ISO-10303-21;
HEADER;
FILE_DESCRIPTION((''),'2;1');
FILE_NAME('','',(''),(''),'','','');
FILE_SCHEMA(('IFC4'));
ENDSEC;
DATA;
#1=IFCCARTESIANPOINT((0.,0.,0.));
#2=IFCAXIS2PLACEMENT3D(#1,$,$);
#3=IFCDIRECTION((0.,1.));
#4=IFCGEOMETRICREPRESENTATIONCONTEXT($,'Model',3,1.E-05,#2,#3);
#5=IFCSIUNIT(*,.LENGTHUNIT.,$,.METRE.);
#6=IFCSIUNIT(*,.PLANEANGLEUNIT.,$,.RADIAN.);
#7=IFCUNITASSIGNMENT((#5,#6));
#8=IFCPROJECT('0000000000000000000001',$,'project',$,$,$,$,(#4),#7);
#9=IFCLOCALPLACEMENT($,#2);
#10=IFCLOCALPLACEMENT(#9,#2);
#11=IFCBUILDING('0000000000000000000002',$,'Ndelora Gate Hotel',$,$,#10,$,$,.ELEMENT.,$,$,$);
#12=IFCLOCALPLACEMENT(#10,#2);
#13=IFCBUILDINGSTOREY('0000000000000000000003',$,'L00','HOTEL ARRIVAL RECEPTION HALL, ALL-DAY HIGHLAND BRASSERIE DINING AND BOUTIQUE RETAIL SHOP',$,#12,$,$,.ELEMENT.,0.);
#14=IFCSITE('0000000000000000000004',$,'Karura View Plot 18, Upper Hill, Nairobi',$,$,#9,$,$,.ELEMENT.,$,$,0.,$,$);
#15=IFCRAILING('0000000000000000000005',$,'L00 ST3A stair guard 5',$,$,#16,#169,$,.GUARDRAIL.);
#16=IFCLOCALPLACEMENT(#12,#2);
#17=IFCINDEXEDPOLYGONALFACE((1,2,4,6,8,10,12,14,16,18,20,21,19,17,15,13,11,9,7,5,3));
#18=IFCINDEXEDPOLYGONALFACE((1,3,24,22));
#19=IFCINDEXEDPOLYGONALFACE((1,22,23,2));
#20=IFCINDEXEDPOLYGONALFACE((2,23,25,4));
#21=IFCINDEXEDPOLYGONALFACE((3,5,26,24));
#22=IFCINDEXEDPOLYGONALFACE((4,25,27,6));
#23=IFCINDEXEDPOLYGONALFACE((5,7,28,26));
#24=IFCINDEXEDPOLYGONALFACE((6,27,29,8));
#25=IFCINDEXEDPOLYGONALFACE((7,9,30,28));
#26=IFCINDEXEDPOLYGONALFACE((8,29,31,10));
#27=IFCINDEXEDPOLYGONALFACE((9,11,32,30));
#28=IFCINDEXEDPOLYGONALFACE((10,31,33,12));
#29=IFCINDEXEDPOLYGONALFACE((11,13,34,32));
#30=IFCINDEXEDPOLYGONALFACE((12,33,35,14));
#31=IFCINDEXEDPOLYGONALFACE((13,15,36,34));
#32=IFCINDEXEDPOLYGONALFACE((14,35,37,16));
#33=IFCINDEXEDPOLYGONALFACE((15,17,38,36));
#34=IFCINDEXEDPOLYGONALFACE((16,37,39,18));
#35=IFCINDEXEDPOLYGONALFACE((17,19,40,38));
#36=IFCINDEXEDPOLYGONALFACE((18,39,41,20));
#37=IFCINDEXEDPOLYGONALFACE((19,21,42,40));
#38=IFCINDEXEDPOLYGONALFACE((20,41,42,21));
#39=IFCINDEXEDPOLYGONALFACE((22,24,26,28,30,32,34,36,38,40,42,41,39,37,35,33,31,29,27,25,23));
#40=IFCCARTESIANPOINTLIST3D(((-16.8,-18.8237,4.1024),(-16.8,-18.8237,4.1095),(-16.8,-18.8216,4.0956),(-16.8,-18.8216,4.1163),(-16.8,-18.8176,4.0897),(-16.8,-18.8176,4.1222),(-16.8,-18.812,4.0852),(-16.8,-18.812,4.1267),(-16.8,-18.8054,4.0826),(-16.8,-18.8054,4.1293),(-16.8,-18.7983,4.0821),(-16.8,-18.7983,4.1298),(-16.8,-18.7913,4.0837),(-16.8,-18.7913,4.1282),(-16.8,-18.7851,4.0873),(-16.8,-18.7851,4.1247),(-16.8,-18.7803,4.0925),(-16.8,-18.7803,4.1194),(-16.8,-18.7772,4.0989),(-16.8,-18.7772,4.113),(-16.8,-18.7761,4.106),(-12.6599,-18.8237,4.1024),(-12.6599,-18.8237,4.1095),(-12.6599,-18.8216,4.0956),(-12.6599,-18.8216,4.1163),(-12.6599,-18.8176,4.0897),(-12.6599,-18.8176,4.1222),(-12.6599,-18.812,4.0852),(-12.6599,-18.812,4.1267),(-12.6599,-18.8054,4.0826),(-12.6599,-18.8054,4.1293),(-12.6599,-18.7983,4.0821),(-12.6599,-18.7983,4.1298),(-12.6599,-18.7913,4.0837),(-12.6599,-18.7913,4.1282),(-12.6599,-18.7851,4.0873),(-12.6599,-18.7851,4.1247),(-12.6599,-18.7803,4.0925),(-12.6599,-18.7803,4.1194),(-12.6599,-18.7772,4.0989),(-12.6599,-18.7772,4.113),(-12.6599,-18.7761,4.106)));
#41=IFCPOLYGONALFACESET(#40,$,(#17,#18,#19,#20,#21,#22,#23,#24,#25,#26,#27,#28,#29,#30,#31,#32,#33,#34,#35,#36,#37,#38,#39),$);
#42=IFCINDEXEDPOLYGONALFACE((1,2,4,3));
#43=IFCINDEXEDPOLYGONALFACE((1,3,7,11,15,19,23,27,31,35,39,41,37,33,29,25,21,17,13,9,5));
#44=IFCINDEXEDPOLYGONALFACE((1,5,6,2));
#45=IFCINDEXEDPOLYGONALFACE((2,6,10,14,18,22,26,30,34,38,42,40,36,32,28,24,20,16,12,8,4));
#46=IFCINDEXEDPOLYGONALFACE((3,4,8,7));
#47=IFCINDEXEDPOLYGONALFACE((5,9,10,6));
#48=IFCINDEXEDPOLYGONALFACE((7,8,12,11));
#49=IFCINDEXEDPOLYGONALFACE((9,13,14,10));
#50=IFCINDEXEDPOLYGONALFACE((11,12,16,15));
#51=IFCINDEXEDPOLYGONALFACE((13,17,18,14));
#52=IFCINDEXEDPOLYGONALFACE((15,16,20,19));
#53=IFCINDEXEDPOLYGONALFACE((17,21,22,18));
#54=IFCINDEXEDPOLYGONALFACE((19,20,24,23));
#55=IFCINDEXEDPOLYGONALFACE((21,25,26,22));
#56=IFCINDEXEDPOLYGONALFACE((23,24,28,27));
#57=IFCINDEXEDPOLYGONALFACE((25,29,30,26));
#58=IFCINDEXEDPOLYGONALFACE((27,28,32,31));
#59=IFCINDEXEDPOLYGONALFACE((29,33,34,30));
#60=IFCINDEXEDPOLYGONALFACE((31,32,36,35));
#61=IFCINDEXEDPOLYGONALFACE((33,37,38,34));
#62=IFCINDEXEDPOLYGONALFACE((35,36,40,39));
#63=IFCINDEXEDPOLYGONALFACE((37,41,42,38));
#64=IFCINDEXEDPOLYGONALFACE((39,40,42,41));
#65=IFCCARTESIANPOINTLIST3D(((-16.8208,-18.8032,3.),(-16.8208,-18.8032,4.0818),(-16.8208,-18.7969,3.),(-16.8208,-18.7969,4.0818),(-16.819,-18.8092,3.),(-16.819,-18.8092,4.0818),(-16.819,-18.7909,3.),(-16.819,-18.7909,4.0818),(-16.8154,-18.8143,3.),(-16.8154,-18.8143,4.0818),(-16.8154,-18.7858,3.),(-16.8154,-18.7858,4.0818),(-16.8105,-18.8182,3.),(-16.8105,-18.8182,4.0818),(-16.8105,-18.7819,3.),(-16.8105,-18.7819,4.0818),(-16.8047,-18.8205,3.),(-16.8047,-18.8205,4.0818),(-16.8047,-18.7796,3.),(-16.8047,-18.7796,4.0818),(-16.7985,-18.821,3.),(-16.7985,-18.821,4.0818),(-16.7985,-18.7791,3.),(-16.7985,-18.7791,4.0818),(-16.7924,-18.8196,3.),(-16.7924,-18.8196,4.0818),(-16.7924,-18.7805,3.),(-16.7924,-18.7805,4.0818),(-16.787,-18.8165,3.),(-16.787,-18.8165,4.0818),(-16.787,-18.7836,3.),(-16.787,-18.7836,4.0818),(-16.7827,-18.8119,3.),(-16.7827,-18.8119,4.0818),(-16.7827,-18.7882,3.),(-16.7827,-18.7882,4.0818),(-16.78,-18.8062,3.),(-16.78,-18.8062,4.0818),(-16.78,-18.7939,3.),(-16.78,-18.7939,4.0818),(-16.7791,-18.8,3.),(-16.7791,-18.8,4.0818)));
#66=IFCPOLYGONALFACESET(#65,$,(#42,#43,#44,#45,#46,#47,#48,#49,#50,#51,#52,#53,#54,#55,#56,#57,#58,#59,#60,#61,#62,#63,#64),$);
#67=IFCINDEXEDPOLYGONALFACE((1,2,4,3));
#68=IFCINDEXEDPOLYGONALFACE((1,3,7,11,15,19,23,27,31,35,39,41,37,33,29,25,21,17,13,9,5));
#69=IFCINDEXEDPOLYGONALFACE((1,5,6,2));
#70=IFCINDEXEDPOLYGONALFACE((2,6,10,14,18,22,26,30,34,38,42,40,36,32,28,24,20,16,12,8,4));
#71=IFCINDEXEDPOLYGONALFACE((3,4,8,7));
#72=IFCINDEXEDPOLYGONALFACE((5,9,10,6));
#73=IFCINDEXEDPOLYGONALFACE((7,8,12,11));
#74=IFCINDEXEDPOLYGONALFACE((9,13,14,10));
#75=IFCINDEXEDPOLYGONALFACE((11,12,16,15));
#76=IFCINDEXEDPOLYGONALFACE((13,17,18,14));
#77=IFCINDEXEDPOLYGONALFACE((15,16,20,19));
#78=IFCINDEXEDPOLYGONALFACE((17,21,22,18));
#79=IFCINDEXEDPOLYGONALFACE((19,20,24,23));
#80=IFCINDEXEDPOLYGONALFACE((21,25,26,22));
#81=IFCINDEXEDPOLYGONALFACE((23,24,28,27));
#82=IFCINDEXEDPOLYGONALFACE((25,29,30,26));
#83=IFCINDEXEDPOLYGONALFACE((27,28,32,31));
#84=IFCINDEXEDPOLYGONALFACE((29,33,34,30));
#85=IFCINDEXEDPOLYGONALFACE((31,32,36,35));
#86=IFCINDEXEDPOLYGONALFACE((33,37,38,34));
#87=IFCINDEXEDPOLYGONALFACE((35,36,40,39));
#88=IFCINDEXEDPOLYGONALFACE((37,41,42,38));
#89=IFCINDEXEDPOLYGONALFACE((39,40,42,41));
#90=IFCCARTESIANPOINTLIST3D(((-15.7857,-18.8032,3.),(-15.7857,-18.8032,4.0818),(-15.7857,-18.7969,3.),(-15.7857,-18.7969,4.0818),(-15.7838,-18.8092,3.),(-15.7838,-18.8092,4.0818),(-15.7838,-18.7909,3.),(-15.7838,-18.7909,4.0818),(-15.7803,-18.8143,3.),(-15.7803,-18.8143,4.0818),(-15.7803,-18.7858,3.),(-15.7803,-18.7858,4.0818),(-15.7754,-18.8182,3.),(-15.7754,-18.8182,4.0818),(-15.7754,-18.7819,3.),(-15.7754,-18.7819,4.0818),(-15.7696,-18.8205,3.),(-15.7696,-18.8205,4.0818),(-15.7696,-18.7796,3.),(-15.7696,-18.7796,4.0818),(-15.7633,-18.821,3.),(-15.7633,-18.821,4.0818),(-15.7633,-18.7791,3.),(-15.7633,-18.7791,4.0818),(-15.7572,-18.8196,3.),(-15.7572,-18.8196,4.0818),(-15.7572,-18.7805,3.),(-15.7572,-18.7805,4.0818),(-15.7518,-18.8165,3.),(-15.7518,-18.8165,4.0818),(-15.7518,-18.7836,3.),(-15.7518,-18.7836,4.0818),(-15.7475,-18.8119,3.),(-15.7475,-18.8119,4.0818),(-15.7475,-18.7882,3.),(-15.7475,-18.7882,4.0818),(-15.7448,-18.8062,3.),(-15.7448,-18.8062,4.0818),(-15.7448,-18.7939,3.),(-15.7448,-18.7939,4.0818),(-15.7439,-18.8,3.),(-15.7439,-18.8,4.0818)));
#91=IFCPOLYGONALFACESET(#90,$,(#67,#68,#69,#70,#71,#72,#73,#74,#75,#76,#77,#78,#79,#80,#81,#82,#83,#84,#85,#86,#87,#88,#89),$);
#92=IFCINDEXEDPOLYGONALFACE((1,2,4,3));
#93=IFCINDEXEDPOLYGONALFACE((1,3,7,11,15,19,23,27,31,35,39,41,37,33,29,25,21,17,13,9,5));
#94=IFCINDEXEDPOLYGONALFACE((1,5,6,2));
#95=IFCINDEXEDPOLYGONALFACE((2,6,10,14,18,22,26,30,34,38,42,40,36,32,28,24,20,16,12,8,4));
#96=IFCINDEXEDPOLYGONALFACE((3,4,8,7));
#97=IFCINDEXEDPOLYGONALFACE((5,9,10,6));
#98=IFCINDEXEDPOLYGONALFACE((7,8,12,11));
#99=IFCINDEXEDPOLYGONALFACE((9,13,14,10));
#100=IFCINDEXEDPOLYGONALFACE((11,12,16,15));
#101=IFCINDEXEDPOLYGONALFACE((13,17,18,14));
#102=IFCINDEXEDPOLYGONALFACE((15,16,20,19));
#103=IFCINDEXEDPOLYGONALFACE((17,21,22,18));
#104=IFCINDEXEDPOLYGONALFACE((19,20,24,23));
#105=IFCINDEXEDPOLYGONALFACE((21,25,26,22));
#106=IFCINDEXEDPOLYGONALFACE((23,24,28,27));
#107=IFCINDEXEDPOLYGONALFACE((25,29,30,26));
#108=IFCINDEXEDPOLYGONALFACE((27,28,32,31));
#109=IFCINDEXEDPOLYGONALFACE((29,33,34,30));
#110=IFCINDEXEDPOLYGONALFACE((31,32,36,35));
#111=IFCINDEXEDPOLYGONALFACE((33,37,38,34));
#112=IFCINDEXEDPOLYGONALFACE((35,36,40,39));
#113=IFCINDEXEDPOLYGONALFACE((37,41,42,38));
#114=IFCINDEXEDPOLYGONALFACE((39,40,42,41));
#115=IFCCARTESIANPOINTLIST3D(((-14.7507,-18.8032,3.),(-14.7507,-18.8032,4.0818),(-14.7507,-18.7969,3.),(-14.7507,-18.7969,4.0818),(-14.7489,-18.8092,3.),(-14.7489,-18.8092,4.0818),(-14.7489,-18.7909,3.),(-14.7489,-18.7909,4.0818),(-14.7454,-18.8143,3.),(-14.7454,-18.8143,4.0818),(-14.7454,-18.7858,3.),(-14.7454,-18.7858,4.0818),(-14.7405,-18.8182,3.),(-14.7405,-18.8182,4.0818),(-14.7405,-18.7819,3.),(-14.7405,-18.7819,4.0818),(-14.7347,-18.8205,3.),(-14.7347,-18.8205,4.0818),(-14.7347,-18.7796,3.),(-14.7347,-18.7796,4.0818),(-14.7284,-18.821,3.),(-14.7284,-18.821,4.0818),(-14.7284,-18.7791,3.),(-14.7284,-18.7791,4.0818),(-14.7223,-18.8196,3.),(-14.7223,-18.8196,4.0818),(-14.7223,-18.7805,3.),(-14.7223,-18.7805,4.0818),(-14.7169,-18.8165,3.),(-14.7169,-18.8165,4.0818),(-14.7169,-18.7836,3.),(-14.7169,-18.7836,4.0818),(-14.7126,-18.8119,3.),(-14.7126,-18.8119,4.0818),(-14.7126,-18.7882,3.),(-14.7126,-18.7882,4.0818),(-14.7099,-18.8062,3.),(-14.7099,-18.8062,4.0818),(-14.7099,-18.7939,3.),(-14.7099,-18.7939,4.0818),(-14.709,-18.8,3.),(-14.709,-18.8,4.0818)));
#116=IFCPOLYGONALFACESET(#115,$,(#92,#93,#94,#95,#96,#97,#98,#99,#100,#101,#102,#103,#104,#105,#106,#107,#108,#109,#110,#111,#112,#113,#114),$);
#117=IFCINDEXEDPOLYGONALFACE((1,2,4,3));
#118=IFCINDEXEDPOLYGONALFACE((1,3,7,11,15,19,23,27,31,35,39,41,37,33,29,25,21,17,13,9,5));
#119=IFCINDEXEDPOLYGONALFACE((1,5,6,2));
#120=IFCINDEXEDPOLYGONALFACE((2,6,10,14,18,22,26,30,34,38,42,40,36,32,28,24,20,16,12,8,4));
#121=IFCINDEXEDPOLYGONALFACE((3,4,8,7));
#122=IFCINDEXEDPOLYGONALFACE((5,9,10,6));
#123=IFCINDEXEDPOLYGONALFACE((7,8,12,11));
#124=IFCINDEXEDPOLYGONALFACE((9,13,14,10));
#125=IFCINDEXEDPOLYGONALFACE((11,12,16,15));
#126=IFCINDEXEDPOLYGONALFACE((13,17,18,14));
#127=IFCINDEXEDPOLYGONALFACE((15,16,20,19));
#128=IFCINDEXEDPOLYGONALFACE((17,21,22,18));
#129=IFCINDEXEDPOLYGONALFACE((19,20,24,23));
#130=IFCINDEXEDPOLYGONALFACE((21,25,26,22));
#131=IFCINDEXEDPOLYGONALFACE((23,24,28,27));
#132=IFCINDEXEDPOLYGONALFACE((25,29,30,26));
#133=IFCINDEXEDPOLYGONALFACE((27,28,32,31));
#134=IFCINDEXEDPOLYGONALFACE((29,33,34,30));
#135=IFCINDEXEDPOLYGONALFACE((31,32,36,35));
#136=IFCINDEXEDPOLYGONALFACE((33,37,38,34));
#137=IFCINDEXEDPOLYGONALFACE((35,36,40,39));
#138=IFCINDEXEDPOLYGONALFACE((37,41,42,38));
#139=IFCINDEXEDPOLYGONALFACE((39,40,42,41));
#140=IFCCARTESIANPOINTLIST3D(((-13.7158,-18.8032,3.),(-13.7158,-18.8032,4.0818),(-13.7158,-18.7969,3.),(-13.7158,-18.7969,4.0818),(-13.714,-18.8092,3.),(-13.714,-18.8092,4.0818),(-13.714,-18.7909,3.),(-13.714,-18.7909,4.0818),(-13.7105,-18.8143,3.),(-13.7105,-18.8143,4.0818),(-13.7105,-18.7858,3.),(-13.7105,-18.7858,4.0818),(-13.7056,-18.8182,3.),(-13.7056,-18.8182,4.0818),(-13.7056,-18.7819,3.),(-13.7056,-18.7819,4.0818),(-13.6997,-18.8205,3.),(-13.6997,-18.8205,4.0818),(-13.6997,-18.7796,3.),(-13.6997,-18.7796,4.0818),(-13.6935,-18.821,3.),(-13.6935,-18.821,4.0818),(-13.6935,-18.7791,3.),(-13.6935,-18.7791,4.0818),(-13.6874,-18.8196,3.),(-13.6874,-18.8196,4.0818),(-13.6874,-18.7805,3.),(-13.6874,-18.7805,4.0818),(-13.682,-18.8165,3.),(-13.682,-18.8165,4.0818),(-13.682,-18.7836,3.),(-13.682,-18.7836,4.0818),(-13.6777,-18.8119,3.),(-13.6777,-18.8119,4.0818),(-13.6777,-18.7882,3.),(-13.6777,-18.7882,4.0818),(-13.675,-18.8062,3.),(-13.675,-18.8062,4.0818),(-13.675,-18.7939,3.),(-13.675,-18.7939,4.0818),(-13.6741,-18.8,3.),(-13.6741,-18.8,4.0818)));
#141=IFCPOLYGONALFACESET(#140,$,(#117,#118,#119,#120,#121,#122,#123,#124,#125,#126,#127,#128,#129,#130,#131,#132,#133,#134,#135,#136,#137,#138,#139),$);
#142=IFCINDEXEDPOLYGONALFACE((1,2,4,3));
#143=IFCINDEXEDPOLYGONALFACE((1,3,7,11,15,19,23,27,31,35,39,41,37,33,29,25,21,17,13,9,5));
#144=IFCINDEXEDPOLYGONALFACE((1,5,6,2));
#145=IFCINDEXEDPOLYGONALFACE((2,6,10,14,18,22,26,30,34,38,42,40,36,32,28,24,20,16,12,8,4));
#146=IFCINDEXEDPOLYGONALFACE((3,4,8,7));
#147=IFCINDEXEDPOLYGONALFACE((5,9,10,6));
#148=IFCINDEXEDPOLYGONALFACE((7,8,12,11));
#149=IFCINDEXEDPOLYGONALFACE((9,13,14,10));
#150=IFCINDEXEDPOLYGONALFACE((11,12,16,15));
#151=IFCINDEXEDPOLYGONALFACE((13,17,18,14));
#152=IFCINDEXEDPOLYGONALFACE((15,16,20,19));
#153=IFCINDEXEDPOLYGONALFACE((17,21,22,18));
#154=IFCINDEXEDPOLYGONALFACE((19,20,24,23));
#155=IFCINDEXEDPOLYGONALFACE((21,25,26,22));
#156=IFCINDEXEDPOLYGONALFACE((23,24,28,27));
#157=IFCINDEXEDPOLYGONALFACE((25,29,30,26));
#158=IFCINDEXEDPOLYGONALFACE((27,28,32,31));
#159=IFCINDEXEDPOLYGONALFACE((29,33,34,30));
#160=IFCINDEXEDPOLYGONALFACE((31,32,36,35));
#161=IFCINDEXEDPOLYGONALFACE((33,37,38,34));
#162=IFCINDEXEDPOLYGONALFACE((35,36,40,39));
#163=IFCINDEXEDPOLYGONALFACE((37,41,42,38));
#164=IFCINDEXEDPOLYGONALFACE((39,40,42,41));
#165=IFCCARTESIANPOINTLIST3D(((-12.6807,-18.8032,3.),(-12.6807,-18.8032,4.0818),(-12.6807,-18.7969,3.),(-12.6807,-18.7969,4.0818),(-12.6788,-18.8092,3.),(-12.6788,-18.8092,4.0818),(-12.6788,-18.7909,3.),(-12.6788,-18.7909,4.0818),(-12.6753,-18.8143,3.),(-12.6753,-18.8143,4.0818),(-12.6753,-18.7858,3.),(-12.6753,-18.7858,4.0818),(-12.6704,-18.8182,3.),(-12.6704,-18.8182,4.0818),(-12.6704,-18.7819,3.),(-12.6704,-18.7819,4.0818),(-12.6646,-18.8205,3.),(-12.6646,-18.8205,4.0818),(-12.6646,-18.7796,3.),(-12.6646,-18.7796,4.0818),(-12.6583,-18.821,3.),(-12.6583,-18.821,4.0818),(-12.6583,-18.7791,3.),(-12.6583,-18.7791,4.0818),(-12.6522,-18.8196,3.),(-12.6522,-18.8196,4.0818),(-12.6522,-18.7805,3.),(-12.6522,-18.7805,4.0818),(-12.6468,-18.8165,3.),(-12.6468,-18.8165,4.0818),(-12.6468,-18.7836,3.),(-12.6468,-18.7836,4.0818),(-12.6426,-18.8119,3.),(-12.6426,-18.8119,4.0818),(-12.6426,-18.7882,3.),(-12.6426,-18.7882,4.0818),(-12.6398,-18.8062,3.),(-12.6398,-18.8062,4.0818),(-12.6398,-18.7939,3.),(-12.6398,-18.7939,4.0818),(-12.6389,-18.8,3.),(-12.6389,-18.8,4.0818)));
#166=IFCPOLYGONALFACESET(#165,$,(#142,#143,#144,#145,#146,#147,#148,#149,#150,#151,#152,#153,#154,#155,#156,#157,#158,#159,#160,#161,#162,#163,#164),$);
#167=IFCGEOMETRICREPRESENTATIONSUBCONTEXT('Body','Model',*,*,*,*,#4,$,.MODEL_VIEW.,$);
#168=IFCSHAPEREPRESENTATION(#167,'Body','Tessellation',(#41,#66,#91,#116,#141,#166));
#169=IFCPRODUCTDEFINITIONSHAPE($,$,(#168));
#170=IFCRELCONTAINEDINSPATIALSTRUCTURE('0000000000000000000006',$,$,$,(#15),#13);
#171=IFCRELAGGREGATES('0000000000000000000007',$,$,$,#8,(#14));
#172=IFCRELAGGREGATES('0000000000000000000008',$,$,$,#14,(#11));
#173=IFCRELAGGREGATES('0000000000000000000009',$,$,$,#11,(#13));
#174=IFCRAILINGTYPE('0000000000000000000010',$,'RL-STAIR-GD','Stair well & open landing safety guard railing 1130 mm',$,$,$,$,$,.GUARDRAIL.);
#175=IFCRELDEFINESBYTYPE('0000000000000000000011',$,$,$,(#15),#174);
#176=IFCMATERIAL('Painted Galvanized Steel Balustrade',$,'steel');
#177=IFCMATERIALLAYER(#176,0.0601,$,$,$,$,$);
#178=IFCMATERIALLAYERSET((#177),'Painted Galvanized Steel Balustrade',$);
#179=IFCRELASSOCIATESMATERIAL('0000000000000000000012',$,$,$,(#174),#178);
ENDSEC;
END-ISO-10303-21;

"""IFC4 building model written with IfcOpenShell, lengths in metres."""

from ifc_helpers import new_model, si_unit, direction, frame, origin, origin_2d, place, context, subcontext, project, spatial, circle, extrude, material, layer, layer_set, type_object, element, save


model = new_model("IFC4")

# Units and contexts
model_context = context("Model", 3, precision=1e-05, world=origin(), true_north=direction((0.0, 1.0)))
body_context = subcontext(model_context, "Body", "Model", "MODEL_VIEW")
ifc_project = project(units=[si_unit("LENGTHUNIT", "METRE"), si_unit("PLANEANGLEUNIT", "RADIAN")], contexts=[model_context])

# Site, building, storey
site_placement = place(None, origin())
site = spatial("IfcSite", under=ifc_project, at=site_placement, Name="Karura View Plot 18, Upper Hill, Nairobi", CompositionType="ELEMENT", RefElevation=0.0)
building_placement = place(site_placement, origin())
building = spatial("IfcBuilding", under=site, at=building_placement, Name="Ndelora Gate Hotel", CompositionType="ELEMENT")
storey_placement = place(building_placement, origin())
storey = spatial("IfcBuildingStorey", under=building, at=storey_placement, Name="L00", Description="HOTEL ARRIVAL RECEPTION HALL, ALL-DAY HIGHLAND BRASSERIE DINING AND BOUTIQUE RETAIL SHOP", CompositionType="ELEMENT", Elevation=0.0)

# Railing
ifc_material_1 = material(Name="Painted Galvanized Steel Balustrade", Category="steel")
ifc_layer_1 = layer(ifc_material_1, 0.0601)
ifc_layer_set_1 = layer_set([ifc_layer_1], Name="Painted Galvanized Steel Balustrade")
railing_type = type_object("IfcRailingType", Name="RL-STAIR-GD", Description="Stair well & open landing safety guard railing 1130 mm", PredefinedType="GUARDRAIL", material=ifc_layer_set_1)
railing_1_placement = place(storey_placement, frame((-16.8, -18.8, 3.0)))
element("IfcRailing", 1, at=railing_1_placement, inside=storey, type_object=railing_type, Name="L00 ST3A stair guard 5", PredefinedType="GUARDRAIL", context=body_context, shape_type="SweptSolid", body=[
    extrude(circle(Radius=0.0239, at=origin_2d()), frame((0.0, 0.0, 1.106), z_axis=(1.0, 0.0, 0.0), x_axis=(0.0, 1.0, 0.0)), (0.0, 0.0, 1.0), 4.1401),
    extrude(circle(Radius=0.021, at=origin_2d()), origin(), (0.0, 0.0, 1.0), 1.0818),
    extrude(circle(Radius=0.021, at=origin_2d()), frame((1.0352, 0.0, 0.0)), (0.0, 0.0, 1.0), 1.0818),
    extrude(circle(Radius=0.021, at=origin_2d()), frame((2.0701, 0.0, 0.0)), (0.0, 0.0, 1.0), 1.0818),
    extrude(circle(Radius=0.021, at=origin_2d()), frame((3.105, 0.0, 0.0)), (0.0, 0.0, 1.0), 1.0818),
    extrude(circle(Radius=0.021, at=origin_2d()), frame((4.1401, 0.0, 0.0)), (0.0, 0.0, 1.0), 1.0818),
])

save(model, "model.ifc")
